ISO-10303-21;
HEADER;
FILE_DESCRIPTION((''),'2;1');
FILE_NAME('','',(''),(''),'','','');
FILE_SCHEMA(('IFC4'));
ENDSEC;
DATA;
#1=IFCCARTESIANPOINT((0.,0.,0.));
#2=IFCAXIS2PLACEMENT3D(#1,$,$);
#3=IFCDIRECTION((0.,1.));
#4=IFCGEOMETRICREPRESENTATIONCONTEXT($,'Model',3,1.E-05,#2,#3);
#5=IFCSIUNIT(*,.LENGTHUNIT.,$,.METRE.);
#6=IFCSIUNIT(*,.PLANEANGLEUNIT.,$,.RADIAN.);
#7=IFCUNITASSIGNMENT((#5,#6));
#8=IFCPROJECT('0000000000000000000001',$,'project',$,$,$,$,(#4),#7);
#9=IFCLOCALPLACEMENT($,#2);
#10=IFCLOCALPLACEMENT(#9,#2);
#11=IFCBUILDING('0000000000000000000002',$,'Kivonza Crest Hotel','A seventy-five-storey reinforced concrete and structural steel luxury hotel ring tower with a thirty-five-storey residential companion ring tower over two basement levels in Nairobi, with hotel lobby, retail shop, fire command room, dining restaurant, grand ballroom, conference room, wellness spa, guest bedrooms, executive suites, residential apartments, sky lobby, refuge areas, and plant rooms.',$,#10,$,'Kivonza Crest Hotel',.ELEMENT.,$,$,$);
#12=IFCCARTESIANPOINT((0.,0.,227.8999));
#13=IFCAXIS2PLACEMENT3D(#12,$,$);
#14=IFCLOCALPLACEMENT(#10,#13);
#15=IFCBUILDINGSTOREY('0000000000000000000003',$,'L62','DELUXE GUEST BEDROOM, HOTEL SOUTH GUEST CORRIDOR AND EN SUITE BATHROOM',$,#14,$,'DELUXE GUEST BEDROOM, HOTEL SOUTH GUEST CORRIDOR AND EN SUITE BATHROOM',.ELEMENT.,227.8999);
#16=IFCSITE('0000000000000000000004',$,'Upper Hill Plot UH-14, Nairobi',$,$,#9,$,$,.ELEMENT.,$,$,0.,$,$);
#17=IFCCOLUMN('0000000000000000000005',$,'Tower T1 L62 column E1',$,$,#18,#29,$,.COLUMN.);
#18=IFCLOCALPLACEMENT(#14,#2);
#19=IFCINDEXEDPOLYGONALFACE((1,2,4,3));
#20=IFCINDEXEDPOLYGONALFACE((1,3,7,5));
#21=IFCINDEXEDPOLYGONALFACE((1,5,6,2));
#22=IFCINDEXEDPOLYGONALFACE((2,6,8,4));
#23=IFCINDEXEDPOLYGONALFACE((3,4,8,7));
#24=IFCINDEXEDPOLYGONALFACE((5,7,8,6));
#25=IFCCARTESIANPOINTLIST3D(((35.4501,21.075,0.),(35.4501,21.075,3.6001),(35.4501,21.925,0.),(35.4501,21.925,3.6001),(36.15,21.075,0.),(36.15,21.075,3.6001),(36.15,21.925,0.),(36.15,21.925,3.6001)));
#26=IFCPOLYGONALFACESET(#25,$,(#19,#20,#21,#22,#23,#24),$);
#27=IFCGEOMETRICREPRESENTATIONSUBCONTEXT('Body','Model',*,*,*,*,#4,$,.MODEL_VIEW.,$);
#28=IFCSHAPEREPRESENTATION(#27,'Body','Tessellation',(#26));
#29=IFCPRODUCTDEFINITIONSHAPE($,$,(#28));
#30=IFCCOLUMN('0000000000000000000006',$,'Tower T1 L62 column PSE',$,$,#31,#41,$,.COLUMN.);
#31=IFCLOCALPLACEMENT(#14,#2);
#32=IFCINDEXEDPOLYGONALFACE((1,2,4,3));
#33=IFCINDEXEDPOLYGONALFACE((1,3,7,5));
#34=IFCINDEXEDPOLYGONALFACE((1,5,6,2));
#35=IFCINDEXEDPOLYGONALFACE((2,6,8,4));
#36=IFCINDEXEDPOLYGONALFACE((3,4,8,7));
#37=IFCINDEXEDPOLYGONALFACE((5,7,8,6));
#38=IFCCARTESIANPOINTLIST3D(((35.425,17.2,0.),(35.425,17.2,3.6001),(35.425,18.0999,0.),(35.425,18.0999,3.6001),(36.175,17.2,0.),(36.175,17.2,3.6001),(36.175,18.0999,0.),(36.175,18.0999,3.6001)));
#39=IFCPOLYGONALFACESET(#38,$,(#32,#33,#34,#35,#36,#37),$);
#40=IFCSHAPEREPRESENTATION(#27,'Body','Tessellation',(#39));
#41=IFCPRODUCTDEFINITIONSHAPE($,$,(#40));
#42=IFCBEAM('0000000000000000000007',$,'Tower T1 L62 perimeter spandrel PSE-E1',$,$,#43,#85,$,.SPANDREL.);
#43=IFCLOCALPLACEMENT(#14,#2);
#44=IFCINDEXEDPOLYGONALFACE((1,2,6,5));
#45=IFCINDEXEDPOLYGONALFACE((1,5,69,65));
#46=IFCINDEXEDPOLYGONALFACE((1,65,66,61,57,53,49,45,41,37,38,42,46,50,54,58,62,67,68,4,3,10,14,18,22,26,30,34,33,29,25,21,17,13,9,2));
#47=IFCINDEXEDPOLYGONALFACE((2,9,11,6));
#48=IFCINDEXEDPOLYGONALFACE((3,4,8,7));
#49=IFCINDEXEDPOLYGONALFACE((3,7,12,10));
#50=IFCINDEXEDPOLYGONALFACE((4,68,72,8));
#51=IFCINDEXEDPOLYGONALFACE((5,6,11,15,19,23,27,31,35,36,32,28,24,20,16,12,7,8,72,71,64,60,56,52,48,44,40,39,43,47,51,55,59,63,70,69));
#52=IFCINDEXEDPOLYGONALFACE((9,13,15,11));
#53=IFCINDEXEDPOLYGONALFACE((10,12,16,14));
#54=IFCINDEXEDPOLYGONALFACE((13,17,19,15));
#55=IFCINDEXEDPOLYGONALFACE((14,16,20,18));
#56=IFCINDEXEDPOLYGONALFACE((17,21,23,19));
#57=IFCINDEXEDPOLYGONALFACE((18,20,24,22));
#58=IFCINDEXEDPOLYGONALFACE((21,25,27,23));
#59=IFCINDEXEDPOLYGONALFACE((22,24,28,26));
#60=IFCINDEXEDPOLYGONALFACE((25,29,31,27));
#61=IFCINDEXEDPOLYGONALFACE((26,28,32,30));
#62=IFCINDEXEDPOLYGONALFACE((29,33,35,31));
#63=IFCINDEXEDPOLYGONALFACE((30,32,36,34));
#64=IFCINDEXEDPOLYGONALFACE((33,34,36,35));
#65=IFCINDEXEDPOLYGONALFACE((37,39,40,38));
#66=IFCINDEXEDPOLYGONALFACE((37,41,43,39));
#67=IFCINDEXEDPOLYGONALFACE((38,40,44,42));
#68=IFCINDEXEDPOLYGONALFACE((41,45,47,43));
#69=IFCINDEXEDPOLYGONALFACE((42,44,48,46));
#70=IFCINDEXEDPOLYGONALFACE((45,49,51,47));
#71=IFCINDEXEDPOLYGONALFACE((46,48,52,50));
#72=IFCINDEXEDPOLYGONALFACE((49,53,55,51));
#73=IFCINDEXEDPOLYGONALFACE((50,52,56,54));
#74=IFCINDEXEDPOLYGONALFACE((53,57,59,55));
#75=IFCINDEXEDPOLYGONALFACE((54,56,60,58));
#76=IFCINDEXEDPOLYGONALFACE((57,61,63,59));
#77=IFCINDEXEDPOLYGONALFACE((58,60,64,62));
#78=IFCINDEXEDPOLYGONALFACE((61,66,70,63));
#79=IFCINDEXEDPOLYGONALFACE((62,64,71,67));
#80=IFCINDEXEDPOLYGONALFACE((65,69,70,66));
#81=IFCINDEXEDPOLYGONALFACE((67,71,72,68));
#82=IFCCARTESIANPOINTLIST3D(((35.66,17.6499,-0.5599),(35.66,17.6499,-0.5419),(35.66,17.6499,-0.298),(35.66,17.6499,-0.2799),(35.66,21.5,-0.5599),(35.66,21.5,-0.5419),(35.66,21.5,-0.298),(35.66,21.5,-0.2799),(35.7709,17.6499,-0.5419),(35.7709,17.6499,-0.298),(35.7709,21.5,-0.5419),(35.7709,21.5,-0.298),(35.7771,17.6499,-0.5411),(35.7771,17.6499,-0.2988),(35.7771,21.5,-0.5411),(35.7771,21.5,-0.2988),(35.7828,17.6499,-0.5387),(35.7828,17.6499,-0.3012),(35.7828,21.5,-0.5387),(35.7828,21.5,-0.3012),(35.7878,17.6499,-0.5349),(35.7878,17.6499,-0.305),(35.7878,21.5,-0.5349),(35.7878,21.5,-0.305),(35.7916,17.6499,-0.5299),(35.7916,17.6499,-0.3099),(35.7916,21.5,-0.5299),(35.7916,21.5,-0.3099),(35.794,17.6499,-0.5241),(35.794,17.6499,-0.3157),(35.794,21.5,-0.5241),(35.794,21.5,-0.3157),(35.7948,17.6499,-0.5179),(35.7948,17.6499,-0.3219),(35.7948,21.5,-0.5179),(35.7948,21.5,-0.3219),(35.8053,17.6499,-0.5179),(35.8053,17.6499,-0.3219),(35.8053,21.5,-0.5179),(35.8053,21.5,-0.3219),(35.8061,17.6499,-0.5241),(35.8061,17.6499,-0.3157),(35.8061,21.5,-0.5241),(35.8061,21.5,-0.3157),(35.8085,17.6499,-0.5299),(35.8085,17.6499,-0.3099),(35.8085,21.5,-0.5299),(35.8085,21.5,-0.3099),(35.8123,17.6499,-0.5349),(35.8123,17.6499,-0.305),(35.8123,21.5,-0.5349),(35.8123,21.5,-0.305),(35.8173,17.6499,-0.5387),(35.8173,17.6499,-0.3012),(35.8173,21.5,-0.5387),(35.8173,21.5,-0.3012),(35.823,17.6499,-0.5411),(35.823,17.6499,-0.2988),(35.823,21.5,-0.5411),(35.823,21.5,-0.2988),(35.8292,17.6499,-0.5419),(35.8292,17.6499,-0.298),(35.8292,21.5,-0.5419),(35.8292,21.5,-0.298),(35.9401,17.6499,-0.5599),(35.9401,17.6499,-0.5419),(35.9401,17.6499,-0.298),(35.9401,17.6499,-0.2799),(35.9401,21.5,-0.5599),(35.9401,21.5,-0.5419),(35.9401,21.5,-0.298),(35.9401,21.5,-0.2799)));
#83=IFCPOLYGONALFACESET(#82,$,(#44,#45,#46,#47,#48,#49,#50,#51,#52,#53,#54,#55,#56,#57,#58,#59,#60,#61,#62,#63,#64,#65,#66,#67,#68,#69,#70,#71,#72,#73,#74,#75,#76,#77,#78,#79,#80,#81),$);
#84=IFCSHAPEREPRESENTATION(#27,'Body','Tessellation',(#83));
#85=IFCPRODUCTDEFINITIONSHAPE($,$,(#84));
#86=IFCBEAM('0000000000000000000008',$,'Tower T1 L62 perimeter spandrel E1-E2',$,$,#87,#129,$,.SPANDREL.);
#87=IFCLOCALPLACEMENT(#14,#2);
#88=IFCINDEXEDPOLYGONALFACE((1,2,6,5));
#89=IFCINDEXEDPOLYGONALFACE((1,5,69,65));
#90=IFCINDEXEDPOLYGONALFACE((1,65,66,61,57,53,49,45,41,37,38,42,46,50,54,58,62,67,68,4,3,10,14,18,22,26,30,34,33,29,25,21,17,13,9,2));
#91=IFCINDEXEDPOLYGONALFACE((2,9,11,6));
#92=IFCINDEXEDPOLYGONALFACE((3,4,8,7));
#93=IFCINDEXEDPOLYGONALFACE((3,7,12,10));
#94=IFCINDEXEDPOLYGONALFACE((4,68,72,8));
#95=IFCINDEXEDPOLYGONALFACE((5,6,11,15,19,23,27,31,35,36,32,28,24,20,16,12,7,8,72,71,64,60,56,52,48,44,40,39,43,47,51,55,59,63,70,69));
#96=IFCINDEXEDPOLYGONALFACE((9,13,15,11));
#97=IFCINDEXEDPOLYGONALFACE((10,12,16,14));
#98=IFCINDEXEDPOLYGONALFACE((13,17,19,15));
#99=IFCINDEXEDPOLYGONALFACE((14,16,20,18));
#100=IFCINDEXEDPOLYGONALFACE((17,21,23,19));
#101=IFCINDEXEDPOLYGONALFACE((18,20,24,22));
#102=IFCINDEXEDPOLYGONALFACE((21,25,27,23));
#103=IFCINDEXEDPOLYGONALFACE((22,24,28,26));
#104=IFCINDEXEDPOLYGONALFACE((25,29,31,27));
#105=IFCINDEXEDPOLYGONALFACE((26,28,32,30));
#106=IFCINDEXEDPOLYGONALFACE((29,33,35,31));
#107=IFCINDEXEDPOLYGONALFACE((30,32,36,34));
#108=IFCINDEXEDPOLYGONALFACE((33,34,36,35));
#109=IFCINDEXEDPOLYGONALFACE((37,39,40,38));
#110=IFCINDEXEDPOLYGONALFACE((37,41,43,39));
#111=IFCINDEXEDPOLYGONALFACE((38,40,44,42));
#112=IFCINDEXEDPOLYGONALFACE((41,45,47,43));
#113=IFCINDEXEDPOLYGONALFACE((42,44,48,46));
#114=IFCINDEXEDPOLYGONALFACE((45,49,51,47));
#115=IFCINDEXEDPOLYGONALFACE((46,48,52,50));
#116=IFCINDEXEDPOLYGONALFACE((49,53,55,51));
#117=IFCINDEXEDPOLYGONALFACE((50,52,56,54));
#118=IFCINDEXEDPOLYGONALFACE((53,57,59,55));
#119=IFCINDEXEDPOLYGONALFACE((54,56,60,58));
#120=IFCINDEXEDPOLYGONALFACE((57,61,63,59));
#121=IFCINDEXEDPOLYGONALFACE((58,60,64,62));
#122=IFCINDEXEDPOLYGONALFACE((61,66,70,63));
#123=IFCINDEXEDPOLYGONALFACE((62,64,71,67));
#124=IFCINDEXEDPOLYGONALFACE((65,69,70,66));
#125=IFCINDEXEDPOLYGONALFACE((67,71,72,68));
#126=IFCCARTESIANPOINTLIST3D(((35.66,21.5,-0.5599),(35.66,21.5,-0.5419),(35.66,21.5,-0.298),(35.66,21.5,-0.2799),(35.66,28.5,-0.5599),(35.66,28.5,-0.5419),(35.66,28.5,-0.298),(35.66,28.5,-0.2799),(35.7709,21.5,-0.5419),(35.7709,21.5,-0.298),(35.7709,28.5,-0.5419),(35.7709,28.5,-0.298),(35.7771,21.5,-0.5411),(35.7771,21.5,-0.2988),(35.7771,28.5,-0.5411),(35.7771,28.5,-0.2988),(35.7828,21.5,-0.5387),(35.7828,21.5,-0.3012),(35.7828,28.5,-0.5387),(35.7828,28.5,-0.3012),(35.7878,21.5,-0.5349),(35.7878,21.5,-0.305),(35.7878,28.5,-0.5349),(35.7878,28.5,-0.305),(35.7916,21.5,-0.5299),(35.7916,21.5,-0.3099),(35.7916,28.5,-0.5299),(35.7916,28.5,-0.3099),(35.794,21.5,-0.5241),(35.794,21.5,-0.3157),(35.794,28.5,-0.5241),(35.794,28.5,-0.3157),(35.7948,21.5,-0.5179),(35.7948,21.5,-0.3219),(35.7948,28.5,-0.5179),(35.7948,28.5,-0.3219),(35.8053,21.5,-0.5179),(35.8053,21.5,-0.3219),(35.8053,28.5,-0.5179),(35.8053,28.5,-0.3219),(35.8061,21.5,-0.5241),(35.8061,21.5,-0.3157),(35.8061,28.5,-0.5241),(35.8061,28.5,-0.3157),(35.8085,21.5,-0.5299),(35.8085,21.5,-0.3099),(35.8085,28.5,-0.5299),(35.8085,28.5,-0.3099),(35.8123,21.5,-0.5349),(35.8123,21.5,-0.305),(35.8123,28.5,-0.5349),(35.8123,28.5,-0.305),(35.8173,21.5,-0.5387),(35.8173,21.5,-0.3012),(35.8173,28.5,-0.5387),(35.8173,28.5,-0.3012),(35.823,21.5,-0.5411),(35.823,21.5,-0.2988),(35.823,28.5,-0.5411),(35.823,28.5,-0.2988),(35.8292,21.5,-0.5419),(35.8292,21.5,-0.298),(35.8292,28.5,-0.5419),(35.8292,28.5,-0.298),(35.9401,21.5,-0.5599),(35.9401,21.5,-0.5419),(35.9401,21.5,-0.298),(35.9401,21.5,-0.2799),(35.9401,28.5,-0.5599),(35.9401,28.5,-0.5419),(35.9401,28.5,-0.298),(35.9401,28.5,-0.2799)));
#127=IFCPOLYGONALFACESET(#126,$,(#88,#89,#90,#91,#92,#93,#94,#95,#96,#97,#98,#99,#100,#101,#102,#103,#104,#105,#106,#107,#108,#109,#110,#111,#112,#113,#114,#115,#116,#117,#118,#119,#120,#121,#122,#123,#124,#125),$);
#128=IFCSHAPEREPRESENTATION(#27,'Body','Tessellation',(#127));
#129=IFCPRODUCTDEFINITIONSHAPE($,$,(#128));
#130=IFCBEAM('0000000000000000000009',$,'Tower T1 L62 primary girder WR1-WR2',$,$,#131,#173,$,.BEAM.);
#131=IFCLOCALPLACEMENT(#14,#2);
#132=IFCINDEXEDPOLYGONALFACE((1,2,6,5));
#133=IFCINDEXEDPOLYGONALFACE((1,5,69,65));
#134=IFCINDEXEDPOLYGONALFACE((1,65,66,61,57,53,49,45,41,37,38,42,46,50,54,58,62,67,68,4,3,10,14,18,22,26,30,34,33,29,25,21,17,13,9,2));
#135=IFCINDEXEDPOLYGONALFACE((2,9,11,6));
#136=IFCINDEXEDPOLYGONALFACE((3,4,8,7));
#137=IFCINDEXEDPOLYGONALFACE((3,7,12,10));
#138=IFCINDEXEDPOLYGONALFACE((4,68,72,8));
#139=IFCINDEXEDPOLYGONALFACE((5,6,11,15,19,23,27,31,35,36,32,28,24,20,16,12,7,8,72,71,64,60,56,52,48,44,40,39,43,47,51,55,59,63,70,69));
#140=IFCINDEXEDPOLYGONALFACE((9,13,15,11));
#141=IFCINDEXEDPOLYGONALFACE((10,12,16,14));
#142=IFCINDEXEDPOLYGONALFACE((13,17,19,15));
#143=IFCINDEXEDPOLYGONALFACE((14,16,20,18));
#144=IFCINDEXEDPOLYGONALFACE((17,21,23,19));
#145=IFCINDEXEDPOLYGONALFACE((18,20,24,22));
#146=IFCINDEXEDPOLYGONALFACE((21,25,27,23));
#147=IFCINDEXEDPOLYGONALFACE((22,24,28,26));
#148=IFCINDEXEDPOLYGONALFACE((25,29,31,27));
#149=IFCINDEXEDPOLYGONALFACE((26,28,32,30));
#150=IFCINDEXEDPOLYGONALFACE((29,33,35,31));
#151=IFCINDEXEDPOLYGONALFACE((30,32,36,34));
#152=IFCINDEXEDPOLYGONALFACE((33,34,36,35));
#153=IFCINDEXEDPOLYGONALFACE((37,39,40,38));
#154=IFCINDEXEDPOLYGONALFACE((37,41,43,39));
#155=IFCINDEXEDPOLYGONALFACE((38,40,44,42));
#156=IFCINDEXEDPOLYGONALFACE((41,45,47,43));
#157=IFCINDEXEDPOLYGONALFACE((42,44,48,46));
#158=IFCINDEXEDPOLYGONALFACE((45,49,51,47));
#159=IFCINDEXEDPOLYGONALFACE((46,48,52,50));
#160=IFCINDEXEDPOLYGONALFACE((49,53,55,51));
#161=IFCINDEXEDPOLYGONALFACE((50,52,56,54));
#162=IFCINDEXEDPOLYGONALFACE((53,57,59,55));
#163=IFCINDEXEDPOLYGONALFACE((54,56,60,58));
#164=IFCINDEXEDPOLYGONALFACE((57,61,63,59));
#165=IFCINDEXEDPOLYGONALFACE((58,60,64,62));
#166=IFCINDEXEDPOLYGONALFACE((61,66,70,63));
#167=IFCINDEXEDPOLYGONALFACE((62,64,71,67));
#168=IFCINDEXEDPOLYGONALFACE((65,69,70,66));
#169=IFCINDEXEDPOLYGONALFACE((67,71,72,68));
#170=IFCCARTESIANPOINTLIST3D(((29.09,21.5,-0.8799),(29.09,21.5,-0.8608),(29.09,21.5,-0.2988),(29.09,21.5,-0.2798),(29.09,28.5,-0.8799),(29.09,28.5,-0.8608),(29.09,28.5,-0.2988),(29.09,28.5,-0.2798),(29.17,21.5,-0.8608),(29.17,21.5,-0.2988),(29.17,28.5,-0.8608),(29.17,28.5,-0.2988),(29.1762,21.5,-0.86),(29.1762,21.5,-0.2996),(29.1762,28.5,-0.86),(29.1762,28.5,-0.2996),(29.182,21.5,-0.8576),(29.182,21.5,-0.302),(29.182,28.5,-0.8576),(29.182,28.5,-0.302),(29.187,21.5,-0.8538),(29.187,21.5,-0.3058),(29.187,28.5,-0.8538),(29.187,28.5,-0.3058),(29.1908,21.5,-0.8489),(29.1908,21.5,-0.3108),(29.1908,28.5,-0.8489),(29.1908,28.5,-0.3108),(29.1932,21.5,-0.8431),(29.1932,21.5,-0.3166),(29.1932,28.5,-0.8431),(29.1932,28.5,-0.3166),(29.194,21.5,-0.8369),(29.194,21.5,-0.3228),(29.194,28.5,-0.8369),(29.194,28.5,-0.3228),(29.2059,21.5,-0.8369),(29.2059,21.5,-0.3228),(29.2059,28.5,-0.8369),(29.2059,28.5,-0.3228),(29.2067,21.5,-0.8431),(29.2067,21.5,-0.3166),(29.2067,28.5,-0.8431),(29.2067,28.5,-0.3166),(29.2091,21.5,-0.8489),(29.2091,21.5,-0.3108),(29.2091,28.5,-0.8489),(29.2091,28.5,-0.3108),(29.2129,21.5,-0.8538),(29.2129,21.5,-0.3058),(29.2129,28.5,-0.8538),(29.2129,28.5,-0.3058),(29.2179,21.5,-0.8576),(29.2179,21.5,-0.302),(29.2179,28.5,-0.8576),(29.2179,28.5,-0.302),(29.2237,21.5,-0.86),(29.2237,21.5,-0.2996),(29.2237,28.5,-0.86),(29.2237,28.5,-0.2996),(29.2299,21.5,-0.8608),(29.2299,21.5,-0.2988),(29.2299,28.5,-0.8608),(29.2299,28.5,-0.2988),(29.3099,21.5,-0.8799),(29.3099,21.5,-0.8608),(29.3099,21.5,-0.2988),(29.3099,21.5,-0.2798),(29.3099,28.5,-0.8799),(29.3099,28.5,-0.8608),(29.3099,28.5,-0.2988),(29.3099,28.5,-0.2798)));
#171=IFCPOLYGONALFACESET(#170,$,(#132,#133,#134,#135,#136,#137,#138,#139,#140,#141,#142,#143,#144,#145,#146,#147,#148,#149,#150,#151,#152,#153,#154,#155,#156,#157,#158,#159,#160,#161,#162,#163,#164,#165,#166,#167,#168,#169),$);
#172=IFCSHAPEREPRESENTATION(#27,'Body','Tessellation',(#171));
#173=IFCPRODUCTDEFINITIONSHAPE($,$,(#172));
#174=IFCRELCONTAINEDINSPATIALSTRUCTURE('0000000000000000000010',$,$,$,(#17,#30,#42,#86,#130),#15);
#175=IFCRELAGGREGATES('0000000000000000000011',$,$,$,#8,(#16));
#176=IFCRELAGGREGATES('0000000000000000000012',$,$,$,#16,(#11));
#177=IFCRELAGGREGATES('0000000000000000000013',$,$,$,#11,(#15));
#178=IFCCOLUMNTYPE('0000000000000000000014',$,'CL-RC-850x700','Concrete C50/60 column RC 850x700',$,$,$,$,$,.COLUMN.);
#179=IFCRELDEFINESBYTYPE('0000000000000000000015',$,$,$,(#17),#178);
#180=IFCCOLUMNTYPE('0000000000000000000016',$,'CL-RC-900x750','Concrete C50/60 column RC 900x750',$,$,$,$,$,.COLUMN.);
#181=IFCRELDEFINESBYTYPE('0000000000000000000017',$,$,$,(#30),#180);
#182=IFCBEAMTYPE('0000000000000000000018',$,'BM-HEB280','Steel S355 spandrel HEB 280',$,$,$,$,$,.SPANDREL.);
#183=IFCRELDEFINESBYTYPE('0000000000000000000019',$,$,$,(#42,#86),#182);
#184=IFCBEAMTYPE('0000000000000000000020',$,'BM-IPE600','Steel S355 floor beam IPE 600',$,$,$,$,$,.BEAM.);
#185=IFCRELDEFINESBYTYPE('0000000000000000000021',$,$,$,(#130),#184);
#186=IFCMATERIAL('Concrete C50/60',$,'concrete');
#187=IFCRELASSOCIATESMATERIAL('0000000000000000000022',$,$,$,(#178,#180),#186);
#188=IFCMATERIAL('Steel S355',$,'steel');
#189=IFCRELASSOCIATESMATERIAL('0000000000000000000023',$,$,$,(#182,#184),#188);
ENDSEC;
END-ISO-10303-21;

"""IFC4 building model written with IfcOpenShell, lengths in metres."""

from ifc_helpers import new_model, si_unit, direction, frame, origin, origin_2d, place, context, subcontext, project, spatial, rectangle, i_section, extrude, material, material_profile, profile_set, type_object, element, save


model = new_model("IFC4")

# Units and contexts
model_context = context("Model", 3, precision=1e-05, world=origin(), true_north=direction((0.0, 1.0)))
body_context = subcontext(model_context, "Body", "Model", "MODEL_VIEW")
ifc_project = project(units=[si_unit("LENGTHUNIT", "METRE"), si_unit("PLANEANGLEUNIT", "RADIAN")], contexts=[model_context])

# Site, building, storey
site_placement = place(None, origin())
site = spatial("IfcSite", under=ifc_project, at=site_placement, Name="Upper Hill Plot UH-14, Nairobi", CompositionType="ELEMENT", RefElevation=0.0)
building_placement = place(site_placement, origin())
building = spatial("IfcBuilding", under=site, at=building_placement, Name="Kivonza Crest Hotel", Description="A seventy-five-storey reinforced concrete and structural steel luxury hotel ring tower with a thirty-five-storey residential companion ring tower over two basement levels in Nairobi, with hotel lobby, retail shop, fire command room, dining restaurant, grand ballroom, conference room, wellness spa, guest bedrooms, executive suites, residential apartments, sky lobby, refuge areas, and plant rooms.", LongName="Kivonza Crest Hotel", CompositionType="ELEMENT")
storey_placement = place(building_placement, frame((0.0, 0.0, 227.8999)))
storey = spatial("IfcBuildingStorey", under=building, at=storey_placement, Name="L62", Description="DELUXE GUEST BEDROOM, HOTEL SOUTH GUEST CORRIDOR AND EN SUITE BATHROOM", LongName="DELUXE GUEST BEDROOM, HOTEL SOUTH GUEST CORRIDOR AND EN SUITE BATHROOM", CompositionType="ELEMENT", Elevation=227.8999)

# Columns
ifc_material_1 = material(Name="Concrete C50/60", Category="concrete")
ifc_material_profile_1 = material_profile(ifc_material_1, rectangle(XDim=0.7, YDim=0.8501, at=origin_2d()), Name="RC 850x700")
ifc_profile_set_1 = profile_set([ifc_material_profile_1], Name="Concrete C50/60")
column_type_1 = type_object("IfcColumnType", Name="CL-RC-850x700", Description="Concrete C50/60 column RC 850x700", PredefinedType="COLUMN", material=ifc_profile_set_1)
column_1_placement = place(storey_placement, frame((35.8, 21.5, 0.0), z_axis=(0.0, 0.0, 1.0), x_axis=(1.0, 0.0, 0.0)))
element("IfcColumn", 1, at=column_1_placement, inside=storey, type_object=column_type_1, Name="Tower T1 L62 column E1", PredefinedType="COLUMN", context=body_context, shape_type="SweptSolid", body=[
    extrude(rectangle(XDim=0.7, YDim=0.8501, at=origin_2d()), origin(), (0.0, 0.0, 1.0), 3.6001),
])
ifc_material_profile_2 = material_profile(ifc_material_1, rectangle(XDim=0.75, YDim=0.8999, at=origin_2d()), Name="RC 900x750")
ifc_profile_set_2 = profile_set([ifc_material_profile_2], Name="Concrete C50/60")
column_type_2 = type_object("IfcColumnType", Name="CL-RC-900x750", Description="Concrete C50/60 column RC 900x750", PredefinedType="COLUMN", material=ifc_profile_set_2)
column_2_placement = place(storey_placement, frame((35.8, 17.6499, 0.0), z_axis=(0.0, 0.0, 1.0), x_axis=(1.0, 0.0, 0.0)))
element("IfcColumn", 2, at=column_2_placement, inside=storey, type_object=column_type_2, Name="Tower T1 L62 column PSE", PredefinedType="COLUMN", context=body_context, shape_type="SweptSolid", body=[
    extrude(rectangle(XDim=0.75, YDim=0.8999, at=origin_2d()), origin(), (0.0, 0.0, 1.0), 3.6001),
])

# Beams
ifc_material_2 = material(Name="Steel S355", Category="steel")
ifc_material_profile_3 = material_profile(ifc_material_2, i_section(OverallWidth=0.28, OverallDepth=0.28, WebThickness=0.0105, FlangeThickness=0.0181, FilletRadius=0.0239, at=origin_2d()), Name="HEB 280")
ifc_profile_set_3 = profile_set([ifc_material_profile_3], Name="Steel S355")
beam_type_1 = type_object("IfcBeamType", Name="BM-HEB280", Description="Steel S355 spandrel HEB 280", PredefinedType="SPANDREL", material=ifc_profile_set_3)
beam_1_placement = place(storey_placement, frame((35.8, 17.6499, -0.4199), z_axis=(0.0, 1.0, 0.0), x_axis=(-1.0, 0.0, 0.0)))
element("IfcBeam", 3, at=beam_1_placement, inside=storey, type_object=beam_type_1, Name="Tower T1 L62 perimeter spandrel PSE-E1", PredefinedType="SPANDREL", context=body_context, shape_type="SweptSolid", body=[
    extrude(i_section(OverallWidth=0.28, OverallDepth=0.28, WebThickness=0.0105, FlangeThickness=0.0181, FilletRadius=0.0239, at=origin_2d()), origin(), (0.0, 0.0, 1.0), 3.8501),
])
beam_2_placement = place(storey_placement, frame((35.8, 21.5, -0.4199), z_axis=(0.0, 1.0, 0.0), x_axis=(-1.0, 0.0, 0.0)))
element("IfcBeam", 4, at=beam_2_placement, inside=storey, type_object=beam_type_1, Name="Tower T1 L62 perimeter spandrel E1-E2", PredefinedType="SPANDREL", context=body_context, shape_type="SweptSolid", body=[
    extrude(i_section(OverallWidth=0.28, OverallDepth=0.28, WebThickness=0.0105, FlangeThickness=0.0181, FilletRadius=0.0239, at=origin_2d()), origin(), (0.0, 0.0, 1.0), 7.0),
])
ifc_material_profile_4 = material_profile(ifc_material_2, i_section(OverallWidth=0.22, OverallDepth=0.6001, WebThickness=0.012, FlangeThickness=0.019, FilletRadius=0.0239, at=origin_2d()), Name="IPE 600")
ifc_profile_set_4 = profile_set([ifc_material_profile_4], Name="Steel S355")
beam_type_2 = type_object("IfcBeamType", Name="BM-IPE600", Description="Steel S355 floor beam IPE 600", PredefinedType="BEAM", material=ifc_profile_set_4)
beam_3_placement = place(storey_placement, frame((29.2, 21.5, -0.5798), z_axis=(0.0, 1.0, 0.0), x_axis=(-1.0, 0.0, 0.0)))
element("IfcBeam", 5, at=beam_3_placement, inside=storey, type_object=beam_type_2, Name="Tower T1 L62 primary girder WR1-WR2", PredefinedType="BEAM", context=body_context, shape_type="SweptSolid", body=[
    extrude(i_section(OverallWidth=0.22, OverallDepth=0.6001, WebThickness=0.012, FlangeThickness=0.019, FilletRadius=0.0239, at=origin_2d()), origin(), (0.0, 0.0, 1.0), 7.0),
])

save(model, "model.ifc")
